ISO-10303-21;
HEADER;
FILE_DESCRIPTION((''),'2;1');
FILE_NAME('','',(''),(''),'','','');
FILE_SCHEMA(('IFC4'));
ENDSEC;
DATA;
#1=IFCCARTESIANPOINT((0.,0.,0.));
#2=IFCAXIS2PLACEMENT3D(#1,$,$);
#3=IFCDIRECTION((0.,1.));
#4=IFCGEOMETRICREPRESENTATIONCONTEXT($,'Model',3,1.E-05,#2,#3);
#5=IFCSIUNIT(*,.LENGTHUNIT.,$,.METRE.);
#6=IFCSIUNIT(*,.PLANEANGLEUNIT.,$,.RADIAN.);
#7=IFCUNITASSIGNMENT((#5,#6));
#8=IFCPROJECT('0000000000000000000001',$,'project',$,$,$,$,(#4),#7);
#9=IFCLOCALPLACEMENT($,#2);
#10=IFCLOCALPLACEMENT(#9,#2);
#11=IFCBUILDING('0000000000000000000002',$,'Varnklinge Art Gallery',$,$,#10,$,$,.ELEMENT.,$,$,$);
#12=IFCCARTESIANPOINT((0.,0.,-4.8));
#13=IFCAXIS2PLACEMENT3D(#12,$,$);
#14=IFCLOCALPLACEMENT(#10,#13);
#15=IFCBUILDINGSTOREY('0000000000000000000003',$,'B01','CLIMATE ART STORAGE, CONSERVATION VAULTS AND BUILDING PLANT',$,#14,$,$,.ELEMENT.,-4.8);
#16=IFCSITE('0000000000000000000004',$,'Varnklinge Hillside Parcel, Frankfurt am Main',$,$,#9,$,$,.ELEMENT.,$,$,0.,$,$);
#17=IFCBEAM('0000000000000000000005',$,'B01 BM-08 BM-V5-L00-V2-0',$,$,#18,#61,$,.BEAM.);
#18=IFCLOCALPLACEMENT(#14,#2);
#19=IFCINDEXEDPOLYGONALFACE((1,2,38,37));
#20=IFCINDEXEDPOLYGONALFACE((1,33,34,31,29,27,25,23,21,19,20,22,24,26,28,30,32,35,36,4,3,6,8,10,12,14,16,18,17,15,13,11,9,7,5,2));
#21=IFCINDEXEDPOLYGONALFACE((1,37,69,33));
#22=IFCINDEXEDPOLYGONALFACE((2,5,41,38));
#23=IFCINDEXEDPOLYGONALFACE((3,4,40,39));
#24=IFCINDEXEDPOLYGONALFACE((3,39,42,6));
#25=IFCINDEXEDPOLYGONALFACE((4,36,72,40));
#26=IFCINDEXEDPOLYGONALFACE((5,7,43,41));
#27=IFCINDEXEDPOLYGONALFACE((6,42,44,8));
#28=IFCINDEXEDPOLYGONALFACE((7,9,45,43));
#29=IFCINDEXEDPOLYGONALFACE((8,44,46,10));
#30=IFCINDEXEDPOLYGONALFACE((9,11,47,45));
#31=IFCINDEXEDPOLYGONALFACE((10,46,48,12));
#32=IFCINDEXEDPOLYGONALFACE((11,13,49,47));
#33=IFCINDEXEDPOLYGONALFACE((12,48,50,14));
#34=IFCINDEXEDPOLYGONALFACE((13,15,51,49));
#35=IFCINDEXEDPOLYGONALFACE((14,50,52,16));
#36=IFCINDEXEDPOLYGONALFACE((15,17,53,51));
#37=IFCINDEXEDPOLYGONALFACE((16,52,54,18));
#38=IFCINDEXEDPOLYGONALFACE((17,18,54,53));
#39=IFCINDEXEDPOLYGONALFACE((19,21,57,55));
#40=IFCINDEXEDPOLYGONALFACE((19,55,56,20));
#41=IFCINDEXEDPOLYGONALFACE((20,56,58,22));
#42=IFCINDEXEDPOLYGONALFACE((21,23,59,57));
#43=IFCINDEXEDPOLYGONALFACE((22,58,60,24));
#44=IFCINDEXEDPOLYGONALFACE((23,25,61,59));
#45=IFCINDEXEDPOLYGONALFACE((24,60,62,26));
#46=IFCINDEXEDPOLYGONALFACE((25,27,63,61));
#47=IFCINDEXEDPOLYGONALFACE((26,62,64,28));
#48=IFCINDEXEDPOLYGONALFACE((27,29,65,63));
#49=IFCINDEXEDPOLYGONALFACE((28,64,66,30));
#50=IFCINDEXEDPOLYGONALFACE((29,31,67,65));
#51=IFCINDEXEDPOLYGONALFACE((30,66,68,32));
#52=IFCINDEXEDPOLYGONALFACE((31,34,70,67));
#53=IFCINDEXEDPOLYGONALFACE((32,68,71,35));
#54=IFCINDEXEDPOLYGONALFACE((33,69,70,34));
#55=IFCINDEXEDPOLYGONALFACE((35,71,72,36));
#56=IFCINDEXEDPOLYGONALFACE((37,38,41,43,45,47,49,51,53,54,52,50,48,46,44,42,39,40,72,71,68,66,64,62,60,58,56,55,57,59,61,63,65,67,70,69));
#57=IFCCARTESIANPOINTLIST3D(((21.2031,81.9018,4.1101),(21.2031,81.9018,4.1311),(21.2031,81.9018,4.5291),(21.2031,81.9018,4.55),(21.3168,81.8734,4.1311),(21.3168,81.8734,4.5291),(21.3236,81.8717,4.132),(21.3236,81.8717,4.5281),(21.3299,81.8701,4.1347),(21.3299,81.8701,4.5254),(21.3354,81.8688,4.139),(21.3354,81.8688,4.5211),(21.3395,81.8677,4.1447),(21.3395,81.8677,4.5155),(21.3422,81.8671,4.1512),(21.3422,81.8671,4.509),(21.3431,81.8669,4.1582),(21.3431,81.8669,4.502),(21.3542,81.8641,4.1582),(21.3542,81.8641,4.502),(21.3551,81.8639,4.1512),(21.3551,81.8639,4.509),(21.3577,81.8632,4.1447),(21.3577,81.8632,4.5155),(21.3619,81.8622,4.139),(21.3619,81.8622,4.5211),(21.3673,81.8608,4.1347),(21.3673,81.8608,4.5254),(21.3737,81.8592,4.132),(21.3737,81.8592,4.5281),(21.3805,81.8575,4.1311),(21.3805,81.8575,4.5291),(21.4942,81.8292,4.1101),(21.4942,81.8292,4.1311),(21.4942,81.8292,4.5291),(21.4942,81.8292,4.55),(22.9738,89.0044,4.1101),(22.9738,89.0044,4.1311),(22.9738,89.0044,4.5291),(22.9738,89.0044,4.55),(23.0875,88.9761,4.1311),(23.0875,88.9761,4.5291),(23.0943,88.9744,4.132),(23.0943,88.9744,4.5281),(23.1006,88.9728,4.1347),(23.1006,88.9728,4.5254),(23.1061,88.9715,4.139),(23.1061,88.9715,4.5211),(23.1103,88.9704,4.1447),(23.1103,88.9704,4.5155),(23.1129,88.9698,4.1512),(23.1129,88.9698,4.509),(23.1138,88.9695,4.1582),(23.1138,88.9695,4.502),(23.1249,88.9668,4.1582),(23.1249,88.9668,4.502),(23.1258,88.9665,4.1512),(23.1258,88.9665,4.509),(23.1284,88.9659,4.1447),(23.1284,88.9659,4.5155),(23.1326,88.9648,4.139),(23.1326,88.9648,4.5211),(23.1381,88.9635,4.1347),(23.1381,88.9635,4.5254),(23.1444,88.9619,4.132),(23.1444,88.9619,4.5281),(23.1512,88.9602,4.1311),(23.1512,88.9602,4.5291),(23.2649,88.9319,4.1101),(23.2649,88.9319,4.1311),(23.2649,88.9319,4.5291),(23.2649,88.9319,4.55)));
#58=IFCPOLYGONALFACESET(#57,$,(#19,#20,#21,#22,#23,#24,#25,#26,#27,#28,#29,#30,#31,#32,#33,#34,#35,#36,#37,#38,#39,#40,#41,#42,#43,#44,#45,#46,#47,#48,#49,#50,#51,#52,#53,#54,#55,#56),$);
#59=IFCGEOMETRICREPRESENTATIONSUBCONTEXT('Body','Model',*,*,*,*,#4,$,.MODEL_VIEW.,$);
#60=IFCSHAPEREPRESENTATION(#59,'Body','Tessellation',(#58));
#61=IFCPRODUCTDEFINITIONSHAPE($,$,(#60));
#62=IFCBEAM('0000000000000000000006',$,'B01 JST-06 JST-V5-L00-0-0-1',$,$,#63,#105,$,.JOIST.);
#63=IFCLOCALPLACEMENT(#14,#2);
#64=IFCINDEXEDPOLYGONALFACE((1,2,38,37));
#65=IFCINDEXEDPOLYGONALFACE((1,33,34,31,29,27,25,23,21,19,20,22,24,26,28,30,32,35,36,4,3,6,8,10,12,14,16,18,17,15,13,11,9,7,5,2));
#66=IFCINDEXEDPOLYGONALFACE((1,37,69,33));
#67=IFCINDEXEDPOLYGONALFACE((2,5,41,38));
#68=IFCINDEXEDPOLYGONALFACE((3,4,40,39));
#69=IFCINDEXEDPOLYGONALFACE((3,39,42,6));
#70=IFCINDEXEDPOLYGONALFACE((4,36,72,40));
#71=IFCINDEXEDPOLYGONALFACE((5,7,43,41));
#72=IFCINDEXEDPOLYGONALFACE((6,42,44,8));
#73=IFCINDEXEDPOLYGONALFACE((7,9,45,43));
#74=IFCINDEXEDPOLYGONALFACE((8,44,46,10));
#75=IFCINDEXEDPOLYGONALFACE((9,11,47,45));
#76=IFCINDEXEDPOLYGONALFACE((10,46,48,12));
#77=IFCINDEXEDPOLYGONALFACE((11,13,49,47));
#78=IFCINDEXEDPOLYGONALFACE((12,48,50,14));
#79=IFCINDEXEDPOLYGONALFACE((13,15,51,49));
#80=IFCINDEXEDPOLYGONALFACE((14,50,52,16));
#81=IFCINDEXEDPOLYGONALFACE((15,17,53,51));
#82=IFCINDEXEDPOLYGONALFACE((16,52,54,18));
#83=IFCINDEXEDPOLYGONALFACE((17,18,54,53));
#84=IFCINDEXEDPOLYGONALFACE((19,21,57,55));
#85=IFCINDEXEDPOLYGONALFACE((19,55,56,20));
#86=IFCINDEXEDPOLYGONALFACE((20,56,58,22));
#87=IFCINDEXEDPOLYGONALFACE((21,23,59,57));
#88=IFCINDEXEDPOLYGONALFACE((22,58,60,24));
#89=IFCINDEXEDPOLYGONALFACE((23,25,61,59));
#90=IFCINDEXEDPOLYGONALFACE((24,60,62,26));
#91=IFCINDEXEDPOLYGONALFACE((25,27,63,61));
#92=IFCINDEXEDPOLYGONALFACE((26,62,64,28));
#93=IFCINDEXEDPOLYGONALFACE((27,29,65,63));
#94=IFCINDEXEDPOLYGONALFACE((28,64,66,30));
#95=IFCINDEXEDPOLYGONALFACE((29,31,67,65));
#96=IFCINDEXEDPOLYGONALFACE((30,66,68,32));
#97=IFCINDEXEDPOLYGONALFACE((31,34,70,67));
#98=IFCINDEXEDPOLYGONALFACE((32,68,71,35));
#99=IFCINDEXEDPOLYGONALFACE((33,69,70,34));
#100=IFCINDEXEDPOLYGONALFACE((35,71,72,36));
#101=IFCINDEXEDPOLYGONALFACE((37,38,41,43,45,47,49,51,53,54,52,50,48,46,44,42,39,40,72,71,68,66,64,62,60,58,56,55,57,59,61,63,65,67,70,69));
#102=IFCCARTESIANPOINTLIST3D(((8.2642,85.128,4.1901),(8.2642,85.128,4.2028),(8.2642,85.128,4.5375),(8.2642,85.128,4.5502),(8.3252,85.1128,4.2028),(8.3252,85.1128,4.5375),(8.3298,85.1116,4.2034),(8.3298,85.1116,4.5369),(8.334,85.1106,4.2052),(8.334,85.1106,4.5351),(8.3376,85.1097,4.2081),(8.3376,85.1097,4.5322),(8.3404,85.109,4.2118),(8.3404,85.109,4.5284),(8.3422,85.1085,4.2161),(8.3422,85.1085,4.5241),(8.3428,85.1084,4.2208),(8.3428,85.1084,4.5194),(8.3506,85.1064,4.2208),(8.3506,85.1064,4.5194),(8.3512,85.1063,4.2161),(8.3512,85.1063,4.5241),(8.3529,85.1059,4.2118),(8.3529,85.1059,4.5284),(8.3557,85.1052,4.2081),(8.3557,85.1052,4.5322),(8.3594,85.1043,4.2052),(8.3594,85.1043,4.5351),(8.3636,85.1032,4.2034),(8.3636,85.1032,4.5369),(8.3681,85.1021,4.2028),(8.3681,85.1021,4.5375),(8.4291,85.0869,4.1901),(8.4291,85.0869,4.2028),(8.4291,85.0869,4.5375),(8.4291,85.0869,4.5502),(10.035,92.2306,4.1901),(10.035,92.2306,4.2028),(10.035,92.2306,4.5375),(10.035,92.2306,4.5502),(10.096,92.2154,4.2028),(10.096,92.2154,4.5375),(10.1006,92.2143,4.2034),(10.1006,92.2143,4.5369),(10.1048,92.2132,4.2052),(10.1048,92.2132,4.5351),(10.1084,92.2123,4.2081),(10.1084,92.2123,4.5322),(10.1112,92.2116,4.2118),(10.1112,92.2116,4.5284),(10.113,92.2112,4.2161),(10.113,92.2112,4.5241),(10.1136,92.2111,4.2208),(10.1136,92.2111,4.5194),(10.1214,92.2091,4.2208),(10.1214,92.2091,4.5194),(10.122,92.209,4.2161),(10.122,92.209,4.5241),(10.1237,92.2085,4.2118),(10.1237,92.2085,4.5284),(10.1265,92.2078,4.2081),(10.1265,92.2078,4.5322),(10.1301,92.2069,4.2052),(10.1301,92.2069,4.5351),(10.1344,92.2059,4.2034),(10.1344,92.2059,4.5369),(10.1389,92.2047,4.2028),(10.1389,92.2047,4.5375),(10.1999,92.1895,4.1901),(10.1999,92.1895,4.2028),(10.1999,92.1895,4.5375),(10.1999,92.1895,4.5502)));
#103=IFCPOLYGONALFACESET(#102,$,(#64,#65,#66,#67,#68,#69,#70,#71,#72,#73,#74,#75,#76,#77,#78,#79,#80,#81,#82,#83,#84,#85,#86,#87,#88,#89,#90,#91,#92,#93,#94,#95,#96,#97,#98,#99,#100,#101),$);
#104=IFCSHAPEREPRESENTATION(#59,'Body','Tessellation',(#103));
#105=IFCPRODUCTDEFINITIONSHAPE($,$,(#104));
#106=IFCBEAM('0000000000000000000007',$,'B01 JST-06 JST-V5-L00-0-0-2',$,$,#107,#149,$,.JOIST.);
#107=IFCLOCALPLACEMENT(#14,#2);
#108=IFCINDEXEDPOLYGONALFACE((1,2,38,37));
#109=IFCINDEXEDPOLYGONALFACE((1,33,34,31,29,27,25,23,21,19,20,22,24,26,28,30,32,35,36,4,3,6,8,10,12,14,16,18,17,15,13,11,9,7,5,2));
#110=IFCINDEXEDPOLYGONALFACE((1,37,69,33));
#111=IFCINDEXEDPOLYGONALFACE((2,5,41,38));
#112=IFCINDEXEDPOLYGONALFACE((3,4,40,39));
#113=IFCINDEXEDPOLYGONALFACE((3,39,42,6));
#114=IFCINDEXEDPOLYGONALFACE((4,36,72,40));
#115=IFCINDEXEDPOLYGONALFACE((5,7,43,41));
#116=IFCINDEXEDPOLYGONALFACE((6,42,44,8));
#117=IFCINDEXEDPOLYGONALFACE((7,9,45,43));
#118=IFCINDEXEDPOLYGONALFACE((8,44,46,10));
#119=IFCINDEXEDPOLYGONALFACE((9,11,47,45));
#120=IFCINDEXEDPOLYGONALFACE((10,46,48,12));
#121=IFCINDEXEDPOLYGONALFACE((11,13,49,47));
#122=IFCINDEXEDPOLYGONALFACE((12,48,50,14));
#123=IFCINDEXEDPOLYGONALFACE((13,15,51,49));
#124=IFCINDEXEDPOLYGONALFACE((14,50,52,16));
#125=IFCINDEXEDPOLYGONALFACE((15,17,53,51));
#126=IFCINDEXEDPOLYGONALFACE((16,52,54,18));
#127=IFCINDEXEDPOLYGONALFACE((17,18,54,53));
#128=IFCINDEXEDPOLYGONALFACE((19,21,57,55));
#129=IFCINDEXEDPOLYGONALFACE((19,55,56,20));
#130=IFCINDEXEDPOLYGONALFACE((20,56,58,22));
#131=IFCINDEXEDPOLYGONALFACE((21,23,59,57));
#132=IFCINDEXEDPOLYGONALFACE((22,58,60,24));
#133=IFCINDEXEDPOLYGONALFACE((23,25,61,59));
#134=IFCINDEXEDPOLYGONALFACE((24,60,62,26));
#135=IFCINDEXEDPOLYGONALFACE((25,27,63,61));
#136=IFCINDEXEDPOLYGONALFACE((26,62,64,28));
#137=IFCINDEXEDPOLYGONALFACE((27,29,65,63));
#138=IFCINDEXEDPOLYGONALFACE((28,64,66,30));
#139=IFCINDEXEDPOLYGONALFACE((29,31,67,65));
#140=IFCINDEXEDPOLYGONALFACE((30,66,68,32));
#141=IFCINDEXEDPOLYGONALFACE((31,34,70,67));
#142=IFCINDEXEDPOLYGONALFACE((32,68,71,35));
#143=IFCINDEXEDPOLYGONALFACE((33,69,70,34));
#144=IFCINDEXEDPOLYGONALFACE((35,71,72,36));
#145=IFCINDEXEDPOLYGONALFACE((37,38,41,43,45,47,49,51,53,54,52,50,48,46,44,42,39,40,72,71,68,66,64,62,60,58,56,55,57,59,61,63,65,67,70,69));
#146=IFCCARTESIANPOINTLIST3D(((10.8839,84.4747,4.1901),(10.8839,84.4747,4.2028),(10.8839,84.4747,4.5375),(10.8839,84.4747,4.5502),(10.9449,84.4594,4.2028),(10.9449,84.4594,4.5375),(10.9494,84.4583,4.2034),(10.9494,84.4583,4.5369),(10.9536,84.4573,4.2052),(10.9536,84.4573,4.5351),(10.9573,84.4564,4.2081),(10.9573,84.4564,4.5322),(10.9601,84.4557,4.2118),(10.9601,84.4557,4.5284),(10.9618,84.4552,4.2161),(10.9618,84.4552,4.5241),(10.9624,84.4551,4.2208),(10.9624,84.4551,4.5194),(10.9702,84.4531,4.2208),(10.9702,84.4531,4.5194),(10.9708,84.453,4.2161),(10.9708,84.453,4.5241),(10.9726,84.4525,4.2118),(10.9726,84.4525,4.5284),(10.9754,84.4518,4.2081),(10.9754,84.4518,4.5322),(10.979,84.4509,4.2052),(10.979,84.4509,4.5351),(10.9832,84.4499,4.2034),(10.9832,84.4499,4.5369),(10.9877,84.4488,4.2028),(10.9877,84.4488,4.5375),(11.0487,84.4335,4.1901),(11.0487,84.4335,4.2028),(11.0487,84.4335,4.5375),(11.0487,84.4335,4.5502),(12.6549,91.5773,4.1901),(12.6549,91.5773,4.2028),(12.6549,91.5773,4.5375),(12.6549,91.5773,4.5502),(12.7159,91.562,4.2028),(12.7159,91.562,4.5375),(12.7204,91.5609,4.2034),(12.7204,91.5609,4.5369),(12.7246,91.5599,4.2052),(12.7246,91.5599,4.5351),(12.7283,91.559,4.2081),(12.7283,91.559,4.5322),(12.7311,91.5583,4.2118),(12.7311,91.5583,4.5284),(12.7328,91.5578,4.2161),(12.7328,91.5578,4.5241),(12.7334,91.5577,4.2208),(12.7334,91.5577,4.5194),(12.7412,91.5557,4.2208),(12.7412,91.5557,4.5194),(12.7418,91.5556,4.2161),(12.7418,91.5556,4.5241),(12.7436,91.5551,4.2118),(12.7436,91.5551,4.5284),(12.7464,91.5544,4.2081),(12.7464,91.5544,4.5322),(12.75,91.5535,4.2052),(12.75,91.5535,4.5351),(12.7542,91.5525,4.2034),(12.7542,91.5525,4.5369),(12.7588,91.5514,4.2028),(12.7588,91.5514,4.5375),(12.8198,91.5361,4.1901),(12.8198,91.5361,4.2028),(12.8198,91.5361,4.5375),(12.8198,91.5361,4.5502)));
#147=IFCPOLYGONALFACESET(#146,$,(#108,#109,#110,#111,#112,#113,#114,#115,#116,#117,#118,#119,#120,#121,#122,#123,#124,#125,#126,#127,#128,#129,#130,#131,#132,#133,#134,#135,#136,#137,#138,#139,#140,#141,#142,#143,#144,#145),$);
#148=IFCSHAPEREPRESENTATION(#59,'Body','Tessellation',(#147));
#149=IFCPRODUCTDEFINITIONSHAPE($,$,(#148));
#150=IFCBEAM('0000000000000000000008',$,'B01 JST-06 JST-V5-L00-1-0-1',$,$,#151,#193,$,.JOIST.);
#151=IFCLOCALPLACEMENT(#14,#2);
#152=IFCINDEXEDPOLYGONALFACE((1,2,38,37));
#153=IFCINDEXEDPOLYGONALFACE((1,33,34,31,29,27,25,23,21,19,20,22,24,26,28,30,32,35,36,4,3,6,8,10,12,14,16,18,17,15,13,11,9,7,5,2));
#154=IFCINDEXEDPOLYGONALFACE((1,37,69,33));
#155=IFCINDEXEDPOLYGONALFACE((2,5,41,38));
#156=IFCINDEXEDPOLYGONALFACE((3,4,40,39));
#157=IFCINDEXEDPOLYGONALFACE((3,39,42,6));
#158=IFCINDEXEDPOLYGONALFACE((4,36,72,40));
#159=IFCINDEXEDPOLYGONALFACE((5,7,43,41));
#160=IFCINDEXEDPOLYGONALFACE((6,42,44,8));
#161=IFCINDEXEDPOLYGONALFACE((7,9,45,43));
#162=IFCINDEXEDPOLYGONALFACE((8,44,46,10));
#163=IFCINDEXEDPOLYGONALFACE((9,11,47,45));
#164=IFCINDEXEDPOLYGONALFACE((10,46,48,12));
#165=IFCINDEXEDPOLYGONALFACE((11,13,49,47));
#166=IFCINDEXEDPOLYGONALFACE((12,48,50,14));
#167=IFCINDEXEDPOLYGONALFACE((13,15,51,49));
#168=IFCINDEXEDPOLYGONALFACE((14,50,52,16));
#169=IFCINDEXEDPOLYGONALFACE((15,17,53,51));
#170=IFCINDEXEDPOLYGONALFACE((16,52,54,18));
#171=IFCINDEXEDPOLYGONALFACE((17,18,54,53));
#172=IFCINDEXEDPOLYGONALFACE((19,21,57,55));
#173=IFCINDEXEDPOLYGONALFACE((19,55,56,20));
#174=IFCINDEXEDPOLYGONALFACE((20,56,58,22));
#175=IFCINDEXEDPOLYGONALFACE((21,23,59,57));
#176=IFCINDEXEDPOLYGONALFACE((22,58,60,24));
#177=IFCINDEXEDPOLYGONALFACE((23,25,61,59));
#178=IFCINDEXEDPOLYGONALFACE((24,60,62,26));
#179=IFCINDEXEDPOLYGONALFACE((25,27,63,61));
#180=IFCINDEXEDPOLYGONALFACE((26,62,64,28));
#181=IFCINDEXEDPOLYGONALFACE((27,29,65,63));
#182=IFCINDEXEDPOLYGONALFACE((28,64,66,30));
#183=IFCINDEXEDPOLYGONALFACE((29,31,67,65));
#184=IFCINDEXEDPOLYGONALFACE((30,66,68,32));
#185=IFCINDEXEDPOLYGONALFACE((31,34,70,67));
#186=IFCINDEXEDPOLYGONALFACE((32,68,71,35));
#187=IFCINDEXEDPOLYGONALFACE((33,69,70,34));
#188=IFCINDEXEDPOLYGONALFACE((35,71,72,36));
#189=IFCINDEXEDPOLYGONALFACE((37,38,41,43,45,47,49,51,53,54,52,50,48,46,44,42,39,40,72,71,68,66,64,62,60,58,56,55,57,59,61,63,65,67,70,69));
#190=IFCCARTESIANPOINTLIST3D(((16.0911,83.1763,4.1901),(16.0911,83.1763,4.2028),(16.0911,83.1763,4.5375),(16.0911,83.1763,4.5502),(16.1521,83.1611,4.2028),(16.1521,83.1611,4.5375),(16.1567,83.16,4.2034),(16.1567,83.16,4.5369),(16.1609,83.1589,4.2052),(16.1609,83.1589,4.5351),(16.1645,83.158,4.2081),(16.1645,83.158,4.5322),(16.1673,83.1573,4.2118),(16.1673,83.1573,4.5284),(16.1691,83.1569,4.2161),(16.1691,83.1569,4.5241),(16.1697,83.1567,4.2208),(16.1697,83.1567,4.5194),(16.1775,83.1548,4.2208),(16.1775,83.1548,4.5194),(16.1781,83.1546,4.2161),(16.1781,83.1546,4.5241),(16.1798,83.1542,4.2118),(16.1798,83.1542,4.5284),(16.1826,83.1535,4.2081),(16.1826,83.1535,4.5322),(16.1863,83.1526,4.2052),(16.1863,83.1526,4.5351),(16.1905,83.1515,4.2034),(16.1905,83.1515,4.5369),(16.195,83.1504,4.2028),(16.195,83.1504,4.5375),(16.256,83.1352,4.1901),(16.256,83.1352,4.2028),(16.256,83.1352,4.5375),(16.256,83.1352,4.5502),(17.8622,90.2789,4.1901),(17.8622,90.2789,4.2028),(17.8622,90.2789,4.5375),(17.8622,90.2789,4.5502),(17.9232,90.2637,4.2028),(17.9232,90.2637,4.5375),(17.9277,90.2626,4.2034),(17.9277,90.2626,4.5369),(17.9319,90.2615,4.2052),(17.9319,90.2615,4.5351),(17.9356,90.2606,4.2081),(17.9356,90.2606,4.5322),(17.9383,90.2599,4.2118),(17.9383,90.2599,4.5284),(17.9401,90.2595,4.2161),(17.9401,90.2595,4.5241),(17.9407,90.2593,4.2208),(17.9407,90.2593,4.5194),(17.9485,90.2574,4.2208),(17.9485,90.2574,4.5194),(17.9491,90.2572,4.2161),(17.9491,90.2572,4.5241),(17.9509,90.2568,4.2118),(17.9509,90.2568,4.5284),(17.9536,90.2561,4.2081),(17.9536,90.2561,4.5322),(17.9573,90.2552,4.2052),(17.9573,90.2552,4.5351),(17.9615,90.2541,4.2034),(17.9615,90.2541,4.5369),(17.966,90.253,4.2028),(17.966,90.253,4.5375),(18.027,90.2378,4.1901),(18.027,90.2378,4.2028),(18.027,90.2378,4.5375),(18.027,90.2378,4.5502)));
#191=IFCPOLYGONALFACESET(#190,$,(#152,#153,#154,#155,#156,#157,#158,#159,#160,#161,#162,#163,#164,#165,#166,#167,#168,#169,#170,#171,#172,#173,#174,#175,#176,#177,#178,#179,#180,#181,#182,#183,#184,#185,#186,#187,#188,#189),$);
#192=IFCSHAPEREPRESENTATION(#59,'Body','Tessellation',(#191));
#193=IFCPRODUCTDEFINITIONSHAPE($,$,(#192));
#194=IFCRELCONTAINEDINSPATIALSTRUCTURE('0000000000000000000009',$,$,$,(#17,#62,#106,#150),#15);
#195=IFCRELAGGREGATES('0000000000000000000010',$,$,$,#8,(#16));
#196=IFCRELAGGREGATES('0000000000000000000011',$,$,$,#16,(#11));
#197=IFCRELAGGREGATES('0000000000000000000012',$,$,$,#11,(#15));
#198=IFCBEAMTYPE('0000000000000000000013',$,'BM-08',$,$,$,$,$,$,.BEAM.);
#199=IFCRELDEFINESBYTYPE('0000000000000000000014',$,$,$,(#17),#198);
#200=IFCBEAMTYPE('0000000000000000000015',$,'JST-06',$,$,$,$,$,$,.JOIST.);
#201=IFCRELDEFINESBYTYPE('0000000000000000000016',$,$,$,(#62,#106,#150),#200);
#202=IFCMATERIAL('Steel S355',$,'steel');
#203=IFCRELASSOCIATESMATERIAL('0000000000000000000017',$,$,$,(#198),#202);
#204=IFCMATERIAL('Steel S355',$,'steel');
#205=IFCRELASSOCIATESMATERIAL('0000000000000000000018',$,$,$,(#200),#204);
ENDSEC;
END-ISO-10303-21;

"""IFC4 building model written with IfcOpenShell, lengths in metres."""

from ifc_helpers import new_model, si_unit, direction, frame, origin, origin_2d, place, context, subcontext, project, spatial, i_section, extrude, material, material_profile, profile_set, type_object, element, save


model = new_model("IFC4")

# Units and contexts
model_context = context("Model", 3, precision=1e-05, world=origin(), true_north=direction((0.0, 1.0)))
body_context = subcontext(model_context, "Body", "Model", "MODEL_VIEW")
ifc_project = project(units=[si_unit("LENGTHUNIT", "METRE"), si_unit("PLANEANGLEUNIT", "RADIAN")], contexts=[model_context])

# Site, building, storey
site_placement = place(None, origin())
site = spatial("IfcSite", under=ifc_project, at=site_placement, Name="Varnklinge Hillside Parcel, Frankfurt am Main", CompositionType="ELEMENT", RefElevation=0.0)
building_placement = place(site_placement, origin())
building = spatial("IfcBuilding", under=site, at=building_placement, Name="Varnklinge Art Gallery", CompositionType="ELEMENT")
storey_placement = place(building_placement, frame((0.0, 0.0, -4.8)))
storey = spatial("IfcBuildingStorey", under=building, at=storey_placement, Name="B01", Description="CLIMATE ART STORAGE, CONSERVATION VAULTS AND BUILDING PLANT", CompositionType="ELEMENT", Elevation=-4.8)

# Beams
ifc_material_1 = material(Name="Steel S355", Category="steel")
ifc_material_profile_1 = material_profile(ifc_material_1, i_section(OverallWidth=0.3, OverallDepth=0.4399, WebThickness=0.0115, FlangeThickness=0.021, FilletRadius=0.0271, at=origin_2d()), Name="HEA 450")
ifc_profile_set_1 = profile_set([ifc_material_profile_1], Name="Steel S355")
beam_type_1 = type_object("IfcBeamType", Name="BM-08", PredefinedType="BEAM", material=ifc_profile_set_1)
for number, where, z_axis, x_axis, name in (
    (1, (21.3486, 81.8655, 4.3301), (0.2419, 0.970301, 0.0), (-0.970301, 0.2419, 0.0), "B01 BM-08 BM-V5-L00-V2-0"),
):
    element("IfcBeam", number, at=place(storey_placement, frame(where, z_axis=z_axis, x_axis=x_axis)), inside=storey, type_object=beam_type_1, Name=name, PredefinedType="BEAM", context=body_context, shape_type="SweptSolid", body=[
        extrude(i_section(OverallWidth=0.3, OverallDepth=0.4399, WebThickness=0.0115, FlangeThickness=0.021, FilletRadius=0.0271, at=origin_2d()), origin(), (0.0, 0.0, 1.0), 7.3201),
    ])
ifc_material_2 = material(Name="Steel S355", Category="steel")
ifc_material_profile_2 = material_profile(ifc_material_2, i_section(OverallWidth=0.1699, OverallDepth=0.3601, WebThickness=0.0081, FlangeThickness=0.0127, FilletRadius=0.0181, at=origin_2d()), Name="IPE 360")
ifc_profile_set_2 = profile_set([ifc_material_profile_2], Name="Steel S355")
beam_type_2 = type_object("IfcBeamType", Name="JST-06", PredefinedType="JOIST", material=ifc_profile_set_2)
for number, where, z_axis, x_axis, name in (
    (2, (8.3467, 85.1074, 4.3701), (0.241908, 0.970299, 0.0), (-0.970299, 0.241908, 0.0), "B01 JST-06 JST-V5-L00-0-0-1"),
    (3, (10.9663, 84.4541, 4.3701), (0.241939, 0.970291, 0.0), (-0.970291, 0.241939, 0.0), "B01 JST-06 JST-V5-L00-0-0-2"),
    (4, (16.1736, 83.1558, 4.3701), (0.241939, 0.970291, 0.0), (-0.970291, 0.241939, 0.0), "B01 JST-06 JST-V5-L00-1-0-1"),
):
    element("IfcBeam", number, at=place(storey_placement, frame(where, z_axis=z_axis, x_axis=x_axis)), inside=storey, type_object=beam_type_2, Name=name, PredefinedType="JOIST", context=body_context, shape_type="SweptSolid", body=[
        extrude(i_section(OverallWidth=0.1699, OverallDepth=0.3601, WebThickness=0.0081, FlangeThickness=0.0127, FilletRadius=0.0181, at=origin_2d()), origin(), (0.0, 0.0, 1.0), 7.3201),
    ])

save(model, "model.ifc")
